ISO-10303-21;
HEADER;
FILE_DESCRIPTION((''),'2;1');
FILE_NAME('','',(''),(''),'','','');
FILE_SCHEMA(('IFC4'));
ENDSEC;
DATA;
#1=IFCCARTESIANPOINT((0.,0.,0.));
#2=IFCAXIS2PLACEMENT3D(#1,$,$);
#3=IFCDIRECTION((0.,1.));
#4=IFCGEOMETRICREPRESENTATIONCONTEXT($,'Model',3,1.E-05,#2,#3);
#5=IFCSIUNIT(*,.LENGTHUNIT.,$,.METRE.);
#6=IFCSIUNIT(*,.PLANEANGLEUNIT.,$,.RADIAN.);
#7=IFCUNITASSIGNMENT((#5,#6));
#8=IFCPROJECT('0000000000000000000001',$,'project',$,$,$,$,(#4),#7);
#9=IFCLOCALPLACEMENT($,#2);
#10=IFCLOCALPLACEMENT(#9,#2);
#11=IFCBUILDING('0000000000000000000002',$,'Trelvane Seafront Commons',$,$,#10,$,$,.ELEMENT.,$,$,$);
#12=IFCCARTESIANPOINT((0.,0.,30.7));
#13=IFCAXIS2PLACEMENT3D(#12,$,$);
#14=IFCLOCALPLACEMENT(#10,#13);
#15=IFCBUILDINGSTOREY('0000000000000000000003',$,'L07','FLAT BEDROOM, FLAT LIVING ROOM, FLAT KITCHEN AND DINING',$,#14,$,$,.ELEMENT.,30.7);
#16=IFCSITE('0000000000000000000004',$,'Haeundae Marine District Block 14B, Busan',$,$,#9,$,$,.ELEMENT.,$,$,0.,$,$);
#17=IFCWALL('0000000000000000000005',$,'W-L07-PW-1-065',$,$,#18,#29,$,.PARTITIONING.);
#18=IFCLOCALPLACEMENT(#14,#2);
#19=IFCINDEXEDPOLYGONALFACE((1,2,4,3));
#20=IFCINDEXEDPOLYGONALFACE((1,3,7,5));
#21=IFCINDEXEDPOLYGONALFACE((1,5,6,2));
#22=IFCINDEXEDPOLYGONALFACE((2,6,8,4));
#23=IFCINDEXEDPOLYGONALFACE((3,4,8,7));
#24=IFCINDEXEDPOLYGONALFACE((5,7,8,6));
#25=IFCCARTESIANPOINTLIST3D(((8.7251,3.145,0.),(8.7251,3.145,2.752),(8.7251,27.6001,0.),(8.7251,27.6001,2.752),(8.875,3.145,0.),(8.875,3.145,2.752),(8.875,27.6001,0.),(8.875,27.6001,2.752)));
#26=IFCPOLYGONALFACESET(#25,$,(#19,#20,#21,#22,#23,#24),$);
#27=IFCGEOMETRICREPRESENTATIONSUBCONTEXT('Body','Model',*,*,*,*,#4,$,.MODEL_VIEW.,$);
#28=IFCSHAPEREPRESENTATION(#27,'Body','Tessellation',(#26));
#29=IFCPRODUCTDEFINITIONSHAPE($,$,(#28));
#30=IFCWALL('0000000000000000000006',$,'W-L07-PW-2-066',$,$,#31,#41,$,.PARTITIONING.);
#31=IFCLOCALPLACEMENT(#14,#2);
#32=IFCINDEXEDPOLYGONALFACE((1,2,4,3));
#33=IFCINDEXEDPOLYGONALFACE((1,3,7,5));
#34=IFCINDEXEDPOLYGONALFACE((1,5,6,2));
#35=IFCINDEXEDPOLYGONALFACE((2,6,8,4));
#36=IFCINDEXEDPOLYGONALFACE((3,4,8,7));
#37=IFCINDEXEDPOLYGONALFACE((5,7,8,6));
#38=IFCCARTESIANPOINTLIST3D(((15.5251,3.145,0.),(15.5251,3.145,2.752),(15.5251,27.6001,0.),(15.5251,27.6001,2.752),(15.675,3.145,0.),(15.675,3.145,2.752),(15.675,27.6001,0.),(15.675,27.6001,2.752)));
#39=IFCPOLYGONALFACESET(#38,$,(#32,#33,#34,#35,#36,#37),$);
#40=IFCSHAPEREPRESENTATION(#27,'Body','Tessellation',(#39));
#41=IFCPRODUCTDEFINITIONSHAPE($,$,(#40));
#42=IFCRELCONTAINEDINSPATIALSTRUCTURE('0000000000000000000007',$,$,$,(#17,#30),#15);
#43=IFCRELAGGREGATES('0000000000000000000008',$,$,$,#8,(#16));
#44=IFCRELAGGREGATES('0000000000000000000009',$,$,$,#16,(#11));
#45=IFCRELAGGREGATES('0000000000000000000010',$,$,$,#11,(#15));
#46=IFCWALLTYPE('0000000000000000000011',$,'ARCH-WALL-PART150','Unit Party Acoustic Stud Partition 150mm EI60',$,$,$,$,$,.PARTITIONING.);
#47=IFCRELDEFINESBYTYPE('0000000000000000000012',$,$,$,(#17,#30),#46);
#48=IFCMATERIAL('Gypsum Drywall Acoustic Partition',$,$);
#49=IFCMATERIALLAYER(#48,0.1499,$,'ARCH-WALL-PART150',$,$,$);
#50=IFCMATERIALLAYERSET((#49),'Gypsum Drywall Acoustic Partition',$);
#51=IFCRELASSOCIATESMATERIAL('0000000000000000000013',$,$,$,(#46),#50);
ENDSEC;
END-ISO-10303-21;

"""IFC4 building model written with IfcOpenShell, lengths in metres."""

from ifc_helpers import new_model, si_unit, direction, frame, frame_2d, origin, place, context, subcontext, project, spatial, rectangle, extrude, material, layer, layer_set, type_object, element, save


model = new_model("IFC4")

# Units and contexts
model_context = context("Model", 3, precision=1e-05, world=origin(), true_north=direction((0.0, 1.0)))
body_context = subcontext(model_context, "Body", "Model", "MODEL_VIEW")
ifc_project = project(units=[si_unit("LENGTHUNIT", "METRE"), si_unit("PLANEANGLEUNIT", "RADIAN")], contexts=[model_context])

# Site, building, storey
site_placement = place(None, origin())
site = spatial("IfcSite", under=ifc_project, at=site_placement, Name="Haeundae Marine District Block 14B, Busan", CompositionType="ELEMENT", RefElevation=0.0)
building_placement = place(site_placement, origin())
building = spatial("IfcBuilding", under=site, at=building_placement, Name="Trelvane Seafront Commons", CompositionType="ELEMENT")
storey_placement = place(building_placement, frame((0.0, 0.0, 30.7)))
storey = spatial("IfcBuildingStorey", under=building, at=storey_placement, Name="L07", Description="FLAT BEDROOM, FLAT LIVING ROOM, FLAT KITCHEN AND DINING", CompositionType="ELEMENT", Elevation=30.7)

# Shared definitions
ifc_material_1 = material(Name="Gypsum Drywall Acoustic Partition")

# Walls
ifc_layer_1 = layer(ifc_material_1, 0.1499, Name="ARCH-WALL-PART150")
ifc_layer_set_1 = layer_set([ifc_layer_1], Name="Gypsum Drywall Acoustic Partition")
wall_type_1 = type_object("IfcWallType", Name="ARCH-WALL-PART150", Description="Unit Party Acoustic Stud Partition 150mm EI60", PredefinedType="PARTITIONING", material=ifc_layer_set_1)
for number, where, z_axis, x_axis, name in (
    (1, (8.8, 3.145, 0.0), (0.0, 0.0, 1.0), (0.0, 1.0, 0.0), "W-L07-PW-1-065"),
    (2, (15.6001, 3.145, 0.0), (0.0, 0.0, 1.0), (0.0, 1.0, 0.0), "W-L07-PW-2-066"),
):
    element("IfcWall", number, at=place(storey_placement, frame(where, z_axis=z_axis, x_axis=x_axis)), inside=storey, type_object=wall_type_1, Name=name, PredefinedType="PARTITIONING", context=body_context, shape_type="SweptSolid", body=[
        extrude(rectangle(XDim=24.4551, YDim=0.1499, at=frame_2d((12.2275, 0.0))), origin(), (0.0, 0.0, 1.0), 2.752),
    ])

save(model, "model.ifc")
